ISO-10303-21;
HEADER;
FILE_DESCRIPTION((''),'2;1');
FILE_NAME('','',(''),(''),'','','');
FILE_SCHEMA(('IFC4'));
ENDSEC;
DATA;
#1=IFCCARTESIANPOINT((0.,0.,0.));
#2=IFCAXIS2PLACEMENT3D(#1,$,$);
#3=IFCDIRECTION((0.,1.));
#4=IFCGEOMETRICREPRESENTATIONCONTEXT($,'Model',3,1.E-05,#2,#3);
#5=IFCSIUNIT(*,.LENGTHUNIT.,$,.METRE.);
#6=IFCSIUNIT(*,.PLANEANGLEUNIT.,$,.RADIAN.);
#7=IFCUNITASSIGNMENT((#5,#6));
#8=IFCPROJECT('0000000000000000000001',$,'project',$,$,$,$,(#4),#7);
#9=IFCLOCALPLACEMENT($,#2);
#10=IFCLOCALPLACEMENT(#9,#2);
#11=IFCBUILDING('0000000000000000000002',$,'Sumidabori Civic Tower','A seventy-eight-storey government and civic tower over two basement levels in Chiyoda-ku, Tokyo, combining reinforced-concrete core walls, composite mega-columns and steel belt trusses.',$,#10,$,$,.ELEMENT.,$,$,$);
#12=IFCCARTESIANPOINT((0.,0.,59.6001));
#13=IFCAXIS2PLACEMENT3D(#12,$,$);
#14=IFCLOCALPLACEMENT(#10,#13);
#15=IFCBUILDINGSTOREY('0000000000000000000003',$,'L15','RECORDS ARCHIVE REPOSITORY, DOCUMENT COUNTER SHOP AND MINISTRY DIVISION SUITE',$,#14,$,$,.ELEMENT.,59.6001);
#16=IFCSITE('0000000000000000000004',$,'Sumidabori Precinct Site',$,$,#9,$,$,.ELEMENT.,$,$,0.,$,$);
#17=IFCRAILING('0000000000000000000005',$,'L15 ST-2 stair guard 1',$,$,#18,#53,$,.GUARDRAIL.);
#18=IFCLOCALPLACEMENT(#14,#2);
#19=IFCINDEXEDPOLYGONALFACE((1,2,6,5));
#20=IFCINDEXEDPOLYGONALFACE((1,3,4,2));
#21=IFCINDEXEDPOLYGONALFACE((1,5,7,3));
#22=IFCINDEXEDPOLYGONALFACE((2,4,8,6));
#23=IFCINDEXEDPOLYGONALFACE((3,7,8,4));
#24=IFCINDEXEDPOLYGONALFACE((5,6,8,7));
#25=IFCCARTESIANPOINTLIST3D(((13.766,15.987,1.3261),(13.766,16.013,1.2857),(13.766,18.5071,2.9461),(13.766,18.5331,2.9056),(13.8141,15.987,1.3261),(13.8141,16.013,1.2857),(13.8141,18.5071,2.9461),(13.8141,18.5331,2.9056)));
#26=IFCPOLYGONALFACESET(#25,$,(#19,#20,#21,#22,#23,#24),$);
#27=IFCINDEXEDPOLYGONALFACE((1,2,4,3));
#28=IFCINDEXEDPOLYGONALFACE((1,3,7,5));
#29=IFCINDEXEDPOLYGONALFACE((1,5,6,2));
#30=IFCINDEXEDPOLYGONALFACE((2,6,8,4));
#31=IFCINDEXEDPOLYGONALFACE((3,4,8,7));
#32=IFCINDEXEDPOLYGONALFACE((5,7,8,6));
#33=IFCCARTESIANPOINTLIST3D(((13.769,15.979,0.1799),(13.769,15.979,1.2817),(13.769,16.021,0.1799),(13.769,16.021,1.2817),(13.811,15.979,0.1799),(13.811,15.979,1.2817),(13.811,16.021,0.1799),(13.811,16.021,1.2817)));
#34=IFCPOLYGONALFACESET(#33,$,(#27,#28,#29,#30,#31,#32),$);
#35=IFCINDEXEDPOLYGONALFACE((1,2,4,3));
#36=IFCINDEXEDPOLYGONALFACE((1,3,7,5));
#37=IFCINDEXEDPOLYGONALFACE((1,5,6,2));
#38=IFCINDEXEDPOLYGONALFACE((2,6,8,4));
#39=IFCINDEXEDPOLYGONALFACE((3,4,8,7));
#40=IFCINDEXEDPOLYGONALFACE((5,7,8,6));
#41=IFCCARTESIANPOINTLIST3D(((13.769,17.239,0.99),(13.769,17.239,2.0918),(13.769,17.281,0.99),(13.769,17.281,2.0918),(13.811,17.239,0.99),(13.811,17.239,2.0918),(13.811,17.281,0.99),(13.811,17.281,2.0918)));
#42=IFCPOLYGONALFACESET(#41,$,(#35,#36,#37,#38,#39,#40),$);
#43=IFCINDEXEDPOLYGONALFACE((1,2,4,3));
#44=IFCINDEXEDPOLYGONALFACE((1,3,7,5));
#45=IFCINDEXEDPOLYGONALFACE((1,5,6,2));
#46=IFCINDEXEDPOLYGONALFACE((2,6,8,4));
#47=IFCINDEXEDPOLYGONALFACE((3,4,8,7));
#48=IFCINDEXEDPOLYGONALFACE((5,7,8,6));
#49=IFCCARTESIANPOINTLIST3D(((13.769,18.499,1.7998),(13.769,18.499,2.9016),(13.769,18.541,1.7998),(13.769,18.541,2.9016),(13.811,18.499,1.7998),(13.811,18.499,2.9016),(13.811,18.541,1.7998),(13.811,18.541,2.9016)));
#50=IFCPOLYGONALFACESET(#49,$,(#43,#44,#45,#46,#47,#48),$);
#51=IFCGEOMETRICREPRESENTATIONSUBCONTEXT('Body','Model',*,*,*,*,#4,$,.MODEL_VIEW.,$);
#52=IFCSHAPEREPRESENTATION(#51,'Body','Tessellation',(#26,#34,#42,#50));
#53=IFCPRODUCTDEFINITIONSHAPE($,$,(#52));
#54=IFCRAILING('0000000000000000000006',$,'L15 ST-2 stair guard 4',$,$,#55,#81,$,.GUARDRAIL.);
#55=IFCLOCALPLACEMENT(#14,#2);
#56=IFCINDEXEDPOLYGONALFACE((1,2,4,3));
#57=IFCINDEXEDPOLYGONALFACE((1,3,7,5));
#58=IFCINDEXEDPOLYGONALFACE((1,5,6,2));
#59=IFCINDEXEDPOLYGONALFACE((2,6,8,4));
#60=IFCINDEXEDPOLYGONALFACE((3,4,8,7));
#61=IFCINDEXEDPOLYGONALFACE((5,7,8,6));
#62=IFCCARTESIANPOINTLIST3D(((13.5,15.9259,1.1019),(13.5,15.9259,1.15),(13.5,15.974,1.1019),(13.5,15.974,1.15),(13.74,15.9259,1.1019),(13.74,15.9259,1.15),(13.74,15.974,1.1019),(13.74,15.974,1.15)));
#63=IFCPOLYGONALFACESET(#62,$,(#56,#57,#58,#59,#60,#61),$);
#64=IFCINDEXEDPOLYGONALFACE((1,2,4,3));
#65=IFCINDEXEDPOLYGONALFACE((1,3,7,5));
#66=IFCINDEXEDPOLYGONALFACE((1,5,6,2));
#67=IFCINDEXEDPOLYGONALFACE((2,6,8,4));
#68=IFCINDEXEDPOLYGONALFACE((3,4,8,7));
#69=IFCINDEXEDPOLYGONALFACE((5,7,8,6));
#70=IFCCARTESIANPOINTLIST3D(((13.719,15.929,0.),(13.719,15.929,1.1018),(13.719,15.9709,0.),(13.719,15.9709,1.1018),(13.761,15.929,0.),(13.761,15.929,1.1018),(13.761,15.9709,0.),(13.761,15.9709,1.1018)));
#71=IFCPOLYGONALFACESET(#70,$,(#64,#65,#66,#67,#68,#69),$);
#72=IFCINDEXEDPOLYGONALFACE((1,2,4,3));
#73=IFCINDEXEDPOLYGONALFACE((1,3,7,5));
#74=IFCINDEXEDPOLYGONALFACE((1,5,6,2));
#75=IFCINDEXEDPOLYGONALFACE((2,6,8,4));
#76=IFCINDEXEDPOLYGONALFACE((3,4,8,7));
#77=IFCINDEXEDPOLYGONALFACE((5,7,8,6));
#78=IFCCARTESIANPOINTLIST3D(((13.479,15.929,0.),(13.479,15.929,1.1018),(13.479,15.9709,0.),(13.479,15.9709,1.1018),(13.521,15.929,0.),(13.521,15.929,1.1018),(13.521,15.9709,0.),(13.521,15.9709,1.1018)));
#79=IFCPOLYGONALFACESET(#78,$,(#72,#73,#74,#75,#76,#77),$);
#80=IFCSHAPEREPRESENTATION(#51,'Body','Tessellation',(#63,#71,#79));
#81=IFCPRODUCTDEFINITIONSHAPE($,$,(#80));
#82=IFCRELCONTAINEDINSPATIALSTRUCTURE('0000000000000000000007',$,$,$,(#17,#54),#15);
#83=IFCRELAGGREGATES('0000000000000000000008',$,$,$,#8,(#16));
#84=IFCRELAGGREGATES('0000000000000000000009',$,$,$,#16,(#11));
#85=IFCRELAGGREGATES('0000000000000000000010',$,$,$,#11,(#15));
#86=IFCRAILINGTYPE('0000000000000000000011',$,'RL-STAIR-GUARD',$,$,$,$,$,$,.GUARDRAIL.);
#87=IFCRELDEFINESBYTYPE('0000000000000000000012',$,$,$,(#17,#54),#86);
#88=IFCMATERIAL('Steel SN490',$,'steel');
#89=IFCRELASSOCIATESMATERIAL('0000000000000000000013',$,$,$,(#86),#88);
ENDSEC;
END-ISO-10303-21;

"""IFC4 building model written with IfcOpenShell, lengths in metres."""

from ifc_helpers import new_model, si_unit, direction, frame, origin, origin_2d, place, context, subcontext, project, spatial, rectangle, extrude, material, type_object, element, save


model = new_model("IFC4")

# Units and contexts
model_context = context("Model", 3, precision=1e-05, world=origin(), true_north=direction((0.0, 1.0)))
body_context = subcontext(model_context, "Body", "Model", "MODEL_VIEW")
ifc_project = project(units=[si_unit("LENGTHUNIT", "METRE"), si_unit("PLANEANGLEUNIT", "RADIAN")], contexts=[model_context])

# Site, building, storey
site_placement = place(None, origin())
site = spatial("IfcSite", under=ifc_project, at=site_placement, Name="Sumidabori Precinct Site", CompositionType="ELEMENT", RefElevation=0.0)
building_placement = place(site_placement, origin())
building = spatial("IfcBuilding", under=site, at=building_placement, Name="Sumidabori Civic Tower", Description="A seventy-eight-storey government and civic tower over two basement levels in Chiyoda-ku, Tokyo, combining reinforced-concrete core walls, composite mega-columns and steel belt trusses.", CompositionType="ELEMENT")
storey_placement = place(building_placement, frame((0.0, 0.0, 59.6001)))
storey = spatial("IfcBuildingStorey", under=building, at=storey_placement, Name="L15", Description="RECORDS ARCHIVE REPOSITORY, DOCUMENT COUNTER SHOP AND MINISTRY DIVISION SUITE", CompositionType="ELEMENT", Elevation=59.6001)

# Shared definitions
ifc_material_1 = material(Name="Steel SN490", Category="steel")

# Railings
railing_type_1 = type_object("IfcRailingType", Name="RL-STAIR-GUARD", PredefinedType="GUARDRAIL", material=ifc_material_1)
railing_1_placement = place(storey_placement, frame((13.79, 16.0, 0.1799)))
element("IfcRailing", 1, at=railing_1_placement, inside=storey, type_object=railing_type_1, Name="L15 ST-2 stair guard 1", PredefinedType="GUARDRAIL", context=body_context, shape_type="SweptSolid", body=[
    extrude(rectangle(XDim=0.0481, YDim=0.0481, at=origin_2d()), frame((0.0, 0.0, 1.126), z_axis=(0.0, 0.8412, 0.540725), x_axis=(-1.0, 0.0, 0.0)), (0.0, 0.0, 1.0), 2.9958),
    extrude(rectangle(XDim=0.042, YDim=0.042, at=origin_2d()), origin(), (0.0, 0.0, 1.0), 1.1018),
    extrude(rectangle(XDim=0.042, YDim=0.042, at=origin_2d()), frame((0.0, 1.26, 0.8101)), (0.0, 0.0, 1.0), 1.1018),
    extrude(rectangle(XDim=0.042, YDim=0.042, at=origin_2d()), frame((0.0, 2.52, 1.6199)), (0.0, 0.0, 1.0), 1.1018),
])
railing_2_placement = place(storey_placement, frame((13.74, 15.95, 0.0)))
element("IfcRailing", 2, at=railing_2_placement, inside=storey, type_object=railing_type_1, Name="L15 ST-2 stair guard 4", PredefinedType="GUARDRAIL", context=body_context, shape_type="SweptSolid", body=[
    extrude(rectangle(XDim=0.0481, YDim=0.0481, at=origin_2d()), frame((0.0, 0.0, 1.126), z_axis=(-1.0, 0.0, 0.0), x_axis=(0.0, -1.0, 0.0)), (0.0, 0.0, 1.0), 0.24),
    extrude(rectangle(XDim=0.042, YDim=0.042, at=origin_2d()), origin(), (0.0, 0.0, 1.0), 1.1018),
    extrude(rectangle(XDim=0.042, YDim=0.042, at=origin_2d()), frame((-0.24, 0.0, 0.0)), (0.0, 0.0, 1.0), 1.1018),
])

save(model, "model.ifc")
